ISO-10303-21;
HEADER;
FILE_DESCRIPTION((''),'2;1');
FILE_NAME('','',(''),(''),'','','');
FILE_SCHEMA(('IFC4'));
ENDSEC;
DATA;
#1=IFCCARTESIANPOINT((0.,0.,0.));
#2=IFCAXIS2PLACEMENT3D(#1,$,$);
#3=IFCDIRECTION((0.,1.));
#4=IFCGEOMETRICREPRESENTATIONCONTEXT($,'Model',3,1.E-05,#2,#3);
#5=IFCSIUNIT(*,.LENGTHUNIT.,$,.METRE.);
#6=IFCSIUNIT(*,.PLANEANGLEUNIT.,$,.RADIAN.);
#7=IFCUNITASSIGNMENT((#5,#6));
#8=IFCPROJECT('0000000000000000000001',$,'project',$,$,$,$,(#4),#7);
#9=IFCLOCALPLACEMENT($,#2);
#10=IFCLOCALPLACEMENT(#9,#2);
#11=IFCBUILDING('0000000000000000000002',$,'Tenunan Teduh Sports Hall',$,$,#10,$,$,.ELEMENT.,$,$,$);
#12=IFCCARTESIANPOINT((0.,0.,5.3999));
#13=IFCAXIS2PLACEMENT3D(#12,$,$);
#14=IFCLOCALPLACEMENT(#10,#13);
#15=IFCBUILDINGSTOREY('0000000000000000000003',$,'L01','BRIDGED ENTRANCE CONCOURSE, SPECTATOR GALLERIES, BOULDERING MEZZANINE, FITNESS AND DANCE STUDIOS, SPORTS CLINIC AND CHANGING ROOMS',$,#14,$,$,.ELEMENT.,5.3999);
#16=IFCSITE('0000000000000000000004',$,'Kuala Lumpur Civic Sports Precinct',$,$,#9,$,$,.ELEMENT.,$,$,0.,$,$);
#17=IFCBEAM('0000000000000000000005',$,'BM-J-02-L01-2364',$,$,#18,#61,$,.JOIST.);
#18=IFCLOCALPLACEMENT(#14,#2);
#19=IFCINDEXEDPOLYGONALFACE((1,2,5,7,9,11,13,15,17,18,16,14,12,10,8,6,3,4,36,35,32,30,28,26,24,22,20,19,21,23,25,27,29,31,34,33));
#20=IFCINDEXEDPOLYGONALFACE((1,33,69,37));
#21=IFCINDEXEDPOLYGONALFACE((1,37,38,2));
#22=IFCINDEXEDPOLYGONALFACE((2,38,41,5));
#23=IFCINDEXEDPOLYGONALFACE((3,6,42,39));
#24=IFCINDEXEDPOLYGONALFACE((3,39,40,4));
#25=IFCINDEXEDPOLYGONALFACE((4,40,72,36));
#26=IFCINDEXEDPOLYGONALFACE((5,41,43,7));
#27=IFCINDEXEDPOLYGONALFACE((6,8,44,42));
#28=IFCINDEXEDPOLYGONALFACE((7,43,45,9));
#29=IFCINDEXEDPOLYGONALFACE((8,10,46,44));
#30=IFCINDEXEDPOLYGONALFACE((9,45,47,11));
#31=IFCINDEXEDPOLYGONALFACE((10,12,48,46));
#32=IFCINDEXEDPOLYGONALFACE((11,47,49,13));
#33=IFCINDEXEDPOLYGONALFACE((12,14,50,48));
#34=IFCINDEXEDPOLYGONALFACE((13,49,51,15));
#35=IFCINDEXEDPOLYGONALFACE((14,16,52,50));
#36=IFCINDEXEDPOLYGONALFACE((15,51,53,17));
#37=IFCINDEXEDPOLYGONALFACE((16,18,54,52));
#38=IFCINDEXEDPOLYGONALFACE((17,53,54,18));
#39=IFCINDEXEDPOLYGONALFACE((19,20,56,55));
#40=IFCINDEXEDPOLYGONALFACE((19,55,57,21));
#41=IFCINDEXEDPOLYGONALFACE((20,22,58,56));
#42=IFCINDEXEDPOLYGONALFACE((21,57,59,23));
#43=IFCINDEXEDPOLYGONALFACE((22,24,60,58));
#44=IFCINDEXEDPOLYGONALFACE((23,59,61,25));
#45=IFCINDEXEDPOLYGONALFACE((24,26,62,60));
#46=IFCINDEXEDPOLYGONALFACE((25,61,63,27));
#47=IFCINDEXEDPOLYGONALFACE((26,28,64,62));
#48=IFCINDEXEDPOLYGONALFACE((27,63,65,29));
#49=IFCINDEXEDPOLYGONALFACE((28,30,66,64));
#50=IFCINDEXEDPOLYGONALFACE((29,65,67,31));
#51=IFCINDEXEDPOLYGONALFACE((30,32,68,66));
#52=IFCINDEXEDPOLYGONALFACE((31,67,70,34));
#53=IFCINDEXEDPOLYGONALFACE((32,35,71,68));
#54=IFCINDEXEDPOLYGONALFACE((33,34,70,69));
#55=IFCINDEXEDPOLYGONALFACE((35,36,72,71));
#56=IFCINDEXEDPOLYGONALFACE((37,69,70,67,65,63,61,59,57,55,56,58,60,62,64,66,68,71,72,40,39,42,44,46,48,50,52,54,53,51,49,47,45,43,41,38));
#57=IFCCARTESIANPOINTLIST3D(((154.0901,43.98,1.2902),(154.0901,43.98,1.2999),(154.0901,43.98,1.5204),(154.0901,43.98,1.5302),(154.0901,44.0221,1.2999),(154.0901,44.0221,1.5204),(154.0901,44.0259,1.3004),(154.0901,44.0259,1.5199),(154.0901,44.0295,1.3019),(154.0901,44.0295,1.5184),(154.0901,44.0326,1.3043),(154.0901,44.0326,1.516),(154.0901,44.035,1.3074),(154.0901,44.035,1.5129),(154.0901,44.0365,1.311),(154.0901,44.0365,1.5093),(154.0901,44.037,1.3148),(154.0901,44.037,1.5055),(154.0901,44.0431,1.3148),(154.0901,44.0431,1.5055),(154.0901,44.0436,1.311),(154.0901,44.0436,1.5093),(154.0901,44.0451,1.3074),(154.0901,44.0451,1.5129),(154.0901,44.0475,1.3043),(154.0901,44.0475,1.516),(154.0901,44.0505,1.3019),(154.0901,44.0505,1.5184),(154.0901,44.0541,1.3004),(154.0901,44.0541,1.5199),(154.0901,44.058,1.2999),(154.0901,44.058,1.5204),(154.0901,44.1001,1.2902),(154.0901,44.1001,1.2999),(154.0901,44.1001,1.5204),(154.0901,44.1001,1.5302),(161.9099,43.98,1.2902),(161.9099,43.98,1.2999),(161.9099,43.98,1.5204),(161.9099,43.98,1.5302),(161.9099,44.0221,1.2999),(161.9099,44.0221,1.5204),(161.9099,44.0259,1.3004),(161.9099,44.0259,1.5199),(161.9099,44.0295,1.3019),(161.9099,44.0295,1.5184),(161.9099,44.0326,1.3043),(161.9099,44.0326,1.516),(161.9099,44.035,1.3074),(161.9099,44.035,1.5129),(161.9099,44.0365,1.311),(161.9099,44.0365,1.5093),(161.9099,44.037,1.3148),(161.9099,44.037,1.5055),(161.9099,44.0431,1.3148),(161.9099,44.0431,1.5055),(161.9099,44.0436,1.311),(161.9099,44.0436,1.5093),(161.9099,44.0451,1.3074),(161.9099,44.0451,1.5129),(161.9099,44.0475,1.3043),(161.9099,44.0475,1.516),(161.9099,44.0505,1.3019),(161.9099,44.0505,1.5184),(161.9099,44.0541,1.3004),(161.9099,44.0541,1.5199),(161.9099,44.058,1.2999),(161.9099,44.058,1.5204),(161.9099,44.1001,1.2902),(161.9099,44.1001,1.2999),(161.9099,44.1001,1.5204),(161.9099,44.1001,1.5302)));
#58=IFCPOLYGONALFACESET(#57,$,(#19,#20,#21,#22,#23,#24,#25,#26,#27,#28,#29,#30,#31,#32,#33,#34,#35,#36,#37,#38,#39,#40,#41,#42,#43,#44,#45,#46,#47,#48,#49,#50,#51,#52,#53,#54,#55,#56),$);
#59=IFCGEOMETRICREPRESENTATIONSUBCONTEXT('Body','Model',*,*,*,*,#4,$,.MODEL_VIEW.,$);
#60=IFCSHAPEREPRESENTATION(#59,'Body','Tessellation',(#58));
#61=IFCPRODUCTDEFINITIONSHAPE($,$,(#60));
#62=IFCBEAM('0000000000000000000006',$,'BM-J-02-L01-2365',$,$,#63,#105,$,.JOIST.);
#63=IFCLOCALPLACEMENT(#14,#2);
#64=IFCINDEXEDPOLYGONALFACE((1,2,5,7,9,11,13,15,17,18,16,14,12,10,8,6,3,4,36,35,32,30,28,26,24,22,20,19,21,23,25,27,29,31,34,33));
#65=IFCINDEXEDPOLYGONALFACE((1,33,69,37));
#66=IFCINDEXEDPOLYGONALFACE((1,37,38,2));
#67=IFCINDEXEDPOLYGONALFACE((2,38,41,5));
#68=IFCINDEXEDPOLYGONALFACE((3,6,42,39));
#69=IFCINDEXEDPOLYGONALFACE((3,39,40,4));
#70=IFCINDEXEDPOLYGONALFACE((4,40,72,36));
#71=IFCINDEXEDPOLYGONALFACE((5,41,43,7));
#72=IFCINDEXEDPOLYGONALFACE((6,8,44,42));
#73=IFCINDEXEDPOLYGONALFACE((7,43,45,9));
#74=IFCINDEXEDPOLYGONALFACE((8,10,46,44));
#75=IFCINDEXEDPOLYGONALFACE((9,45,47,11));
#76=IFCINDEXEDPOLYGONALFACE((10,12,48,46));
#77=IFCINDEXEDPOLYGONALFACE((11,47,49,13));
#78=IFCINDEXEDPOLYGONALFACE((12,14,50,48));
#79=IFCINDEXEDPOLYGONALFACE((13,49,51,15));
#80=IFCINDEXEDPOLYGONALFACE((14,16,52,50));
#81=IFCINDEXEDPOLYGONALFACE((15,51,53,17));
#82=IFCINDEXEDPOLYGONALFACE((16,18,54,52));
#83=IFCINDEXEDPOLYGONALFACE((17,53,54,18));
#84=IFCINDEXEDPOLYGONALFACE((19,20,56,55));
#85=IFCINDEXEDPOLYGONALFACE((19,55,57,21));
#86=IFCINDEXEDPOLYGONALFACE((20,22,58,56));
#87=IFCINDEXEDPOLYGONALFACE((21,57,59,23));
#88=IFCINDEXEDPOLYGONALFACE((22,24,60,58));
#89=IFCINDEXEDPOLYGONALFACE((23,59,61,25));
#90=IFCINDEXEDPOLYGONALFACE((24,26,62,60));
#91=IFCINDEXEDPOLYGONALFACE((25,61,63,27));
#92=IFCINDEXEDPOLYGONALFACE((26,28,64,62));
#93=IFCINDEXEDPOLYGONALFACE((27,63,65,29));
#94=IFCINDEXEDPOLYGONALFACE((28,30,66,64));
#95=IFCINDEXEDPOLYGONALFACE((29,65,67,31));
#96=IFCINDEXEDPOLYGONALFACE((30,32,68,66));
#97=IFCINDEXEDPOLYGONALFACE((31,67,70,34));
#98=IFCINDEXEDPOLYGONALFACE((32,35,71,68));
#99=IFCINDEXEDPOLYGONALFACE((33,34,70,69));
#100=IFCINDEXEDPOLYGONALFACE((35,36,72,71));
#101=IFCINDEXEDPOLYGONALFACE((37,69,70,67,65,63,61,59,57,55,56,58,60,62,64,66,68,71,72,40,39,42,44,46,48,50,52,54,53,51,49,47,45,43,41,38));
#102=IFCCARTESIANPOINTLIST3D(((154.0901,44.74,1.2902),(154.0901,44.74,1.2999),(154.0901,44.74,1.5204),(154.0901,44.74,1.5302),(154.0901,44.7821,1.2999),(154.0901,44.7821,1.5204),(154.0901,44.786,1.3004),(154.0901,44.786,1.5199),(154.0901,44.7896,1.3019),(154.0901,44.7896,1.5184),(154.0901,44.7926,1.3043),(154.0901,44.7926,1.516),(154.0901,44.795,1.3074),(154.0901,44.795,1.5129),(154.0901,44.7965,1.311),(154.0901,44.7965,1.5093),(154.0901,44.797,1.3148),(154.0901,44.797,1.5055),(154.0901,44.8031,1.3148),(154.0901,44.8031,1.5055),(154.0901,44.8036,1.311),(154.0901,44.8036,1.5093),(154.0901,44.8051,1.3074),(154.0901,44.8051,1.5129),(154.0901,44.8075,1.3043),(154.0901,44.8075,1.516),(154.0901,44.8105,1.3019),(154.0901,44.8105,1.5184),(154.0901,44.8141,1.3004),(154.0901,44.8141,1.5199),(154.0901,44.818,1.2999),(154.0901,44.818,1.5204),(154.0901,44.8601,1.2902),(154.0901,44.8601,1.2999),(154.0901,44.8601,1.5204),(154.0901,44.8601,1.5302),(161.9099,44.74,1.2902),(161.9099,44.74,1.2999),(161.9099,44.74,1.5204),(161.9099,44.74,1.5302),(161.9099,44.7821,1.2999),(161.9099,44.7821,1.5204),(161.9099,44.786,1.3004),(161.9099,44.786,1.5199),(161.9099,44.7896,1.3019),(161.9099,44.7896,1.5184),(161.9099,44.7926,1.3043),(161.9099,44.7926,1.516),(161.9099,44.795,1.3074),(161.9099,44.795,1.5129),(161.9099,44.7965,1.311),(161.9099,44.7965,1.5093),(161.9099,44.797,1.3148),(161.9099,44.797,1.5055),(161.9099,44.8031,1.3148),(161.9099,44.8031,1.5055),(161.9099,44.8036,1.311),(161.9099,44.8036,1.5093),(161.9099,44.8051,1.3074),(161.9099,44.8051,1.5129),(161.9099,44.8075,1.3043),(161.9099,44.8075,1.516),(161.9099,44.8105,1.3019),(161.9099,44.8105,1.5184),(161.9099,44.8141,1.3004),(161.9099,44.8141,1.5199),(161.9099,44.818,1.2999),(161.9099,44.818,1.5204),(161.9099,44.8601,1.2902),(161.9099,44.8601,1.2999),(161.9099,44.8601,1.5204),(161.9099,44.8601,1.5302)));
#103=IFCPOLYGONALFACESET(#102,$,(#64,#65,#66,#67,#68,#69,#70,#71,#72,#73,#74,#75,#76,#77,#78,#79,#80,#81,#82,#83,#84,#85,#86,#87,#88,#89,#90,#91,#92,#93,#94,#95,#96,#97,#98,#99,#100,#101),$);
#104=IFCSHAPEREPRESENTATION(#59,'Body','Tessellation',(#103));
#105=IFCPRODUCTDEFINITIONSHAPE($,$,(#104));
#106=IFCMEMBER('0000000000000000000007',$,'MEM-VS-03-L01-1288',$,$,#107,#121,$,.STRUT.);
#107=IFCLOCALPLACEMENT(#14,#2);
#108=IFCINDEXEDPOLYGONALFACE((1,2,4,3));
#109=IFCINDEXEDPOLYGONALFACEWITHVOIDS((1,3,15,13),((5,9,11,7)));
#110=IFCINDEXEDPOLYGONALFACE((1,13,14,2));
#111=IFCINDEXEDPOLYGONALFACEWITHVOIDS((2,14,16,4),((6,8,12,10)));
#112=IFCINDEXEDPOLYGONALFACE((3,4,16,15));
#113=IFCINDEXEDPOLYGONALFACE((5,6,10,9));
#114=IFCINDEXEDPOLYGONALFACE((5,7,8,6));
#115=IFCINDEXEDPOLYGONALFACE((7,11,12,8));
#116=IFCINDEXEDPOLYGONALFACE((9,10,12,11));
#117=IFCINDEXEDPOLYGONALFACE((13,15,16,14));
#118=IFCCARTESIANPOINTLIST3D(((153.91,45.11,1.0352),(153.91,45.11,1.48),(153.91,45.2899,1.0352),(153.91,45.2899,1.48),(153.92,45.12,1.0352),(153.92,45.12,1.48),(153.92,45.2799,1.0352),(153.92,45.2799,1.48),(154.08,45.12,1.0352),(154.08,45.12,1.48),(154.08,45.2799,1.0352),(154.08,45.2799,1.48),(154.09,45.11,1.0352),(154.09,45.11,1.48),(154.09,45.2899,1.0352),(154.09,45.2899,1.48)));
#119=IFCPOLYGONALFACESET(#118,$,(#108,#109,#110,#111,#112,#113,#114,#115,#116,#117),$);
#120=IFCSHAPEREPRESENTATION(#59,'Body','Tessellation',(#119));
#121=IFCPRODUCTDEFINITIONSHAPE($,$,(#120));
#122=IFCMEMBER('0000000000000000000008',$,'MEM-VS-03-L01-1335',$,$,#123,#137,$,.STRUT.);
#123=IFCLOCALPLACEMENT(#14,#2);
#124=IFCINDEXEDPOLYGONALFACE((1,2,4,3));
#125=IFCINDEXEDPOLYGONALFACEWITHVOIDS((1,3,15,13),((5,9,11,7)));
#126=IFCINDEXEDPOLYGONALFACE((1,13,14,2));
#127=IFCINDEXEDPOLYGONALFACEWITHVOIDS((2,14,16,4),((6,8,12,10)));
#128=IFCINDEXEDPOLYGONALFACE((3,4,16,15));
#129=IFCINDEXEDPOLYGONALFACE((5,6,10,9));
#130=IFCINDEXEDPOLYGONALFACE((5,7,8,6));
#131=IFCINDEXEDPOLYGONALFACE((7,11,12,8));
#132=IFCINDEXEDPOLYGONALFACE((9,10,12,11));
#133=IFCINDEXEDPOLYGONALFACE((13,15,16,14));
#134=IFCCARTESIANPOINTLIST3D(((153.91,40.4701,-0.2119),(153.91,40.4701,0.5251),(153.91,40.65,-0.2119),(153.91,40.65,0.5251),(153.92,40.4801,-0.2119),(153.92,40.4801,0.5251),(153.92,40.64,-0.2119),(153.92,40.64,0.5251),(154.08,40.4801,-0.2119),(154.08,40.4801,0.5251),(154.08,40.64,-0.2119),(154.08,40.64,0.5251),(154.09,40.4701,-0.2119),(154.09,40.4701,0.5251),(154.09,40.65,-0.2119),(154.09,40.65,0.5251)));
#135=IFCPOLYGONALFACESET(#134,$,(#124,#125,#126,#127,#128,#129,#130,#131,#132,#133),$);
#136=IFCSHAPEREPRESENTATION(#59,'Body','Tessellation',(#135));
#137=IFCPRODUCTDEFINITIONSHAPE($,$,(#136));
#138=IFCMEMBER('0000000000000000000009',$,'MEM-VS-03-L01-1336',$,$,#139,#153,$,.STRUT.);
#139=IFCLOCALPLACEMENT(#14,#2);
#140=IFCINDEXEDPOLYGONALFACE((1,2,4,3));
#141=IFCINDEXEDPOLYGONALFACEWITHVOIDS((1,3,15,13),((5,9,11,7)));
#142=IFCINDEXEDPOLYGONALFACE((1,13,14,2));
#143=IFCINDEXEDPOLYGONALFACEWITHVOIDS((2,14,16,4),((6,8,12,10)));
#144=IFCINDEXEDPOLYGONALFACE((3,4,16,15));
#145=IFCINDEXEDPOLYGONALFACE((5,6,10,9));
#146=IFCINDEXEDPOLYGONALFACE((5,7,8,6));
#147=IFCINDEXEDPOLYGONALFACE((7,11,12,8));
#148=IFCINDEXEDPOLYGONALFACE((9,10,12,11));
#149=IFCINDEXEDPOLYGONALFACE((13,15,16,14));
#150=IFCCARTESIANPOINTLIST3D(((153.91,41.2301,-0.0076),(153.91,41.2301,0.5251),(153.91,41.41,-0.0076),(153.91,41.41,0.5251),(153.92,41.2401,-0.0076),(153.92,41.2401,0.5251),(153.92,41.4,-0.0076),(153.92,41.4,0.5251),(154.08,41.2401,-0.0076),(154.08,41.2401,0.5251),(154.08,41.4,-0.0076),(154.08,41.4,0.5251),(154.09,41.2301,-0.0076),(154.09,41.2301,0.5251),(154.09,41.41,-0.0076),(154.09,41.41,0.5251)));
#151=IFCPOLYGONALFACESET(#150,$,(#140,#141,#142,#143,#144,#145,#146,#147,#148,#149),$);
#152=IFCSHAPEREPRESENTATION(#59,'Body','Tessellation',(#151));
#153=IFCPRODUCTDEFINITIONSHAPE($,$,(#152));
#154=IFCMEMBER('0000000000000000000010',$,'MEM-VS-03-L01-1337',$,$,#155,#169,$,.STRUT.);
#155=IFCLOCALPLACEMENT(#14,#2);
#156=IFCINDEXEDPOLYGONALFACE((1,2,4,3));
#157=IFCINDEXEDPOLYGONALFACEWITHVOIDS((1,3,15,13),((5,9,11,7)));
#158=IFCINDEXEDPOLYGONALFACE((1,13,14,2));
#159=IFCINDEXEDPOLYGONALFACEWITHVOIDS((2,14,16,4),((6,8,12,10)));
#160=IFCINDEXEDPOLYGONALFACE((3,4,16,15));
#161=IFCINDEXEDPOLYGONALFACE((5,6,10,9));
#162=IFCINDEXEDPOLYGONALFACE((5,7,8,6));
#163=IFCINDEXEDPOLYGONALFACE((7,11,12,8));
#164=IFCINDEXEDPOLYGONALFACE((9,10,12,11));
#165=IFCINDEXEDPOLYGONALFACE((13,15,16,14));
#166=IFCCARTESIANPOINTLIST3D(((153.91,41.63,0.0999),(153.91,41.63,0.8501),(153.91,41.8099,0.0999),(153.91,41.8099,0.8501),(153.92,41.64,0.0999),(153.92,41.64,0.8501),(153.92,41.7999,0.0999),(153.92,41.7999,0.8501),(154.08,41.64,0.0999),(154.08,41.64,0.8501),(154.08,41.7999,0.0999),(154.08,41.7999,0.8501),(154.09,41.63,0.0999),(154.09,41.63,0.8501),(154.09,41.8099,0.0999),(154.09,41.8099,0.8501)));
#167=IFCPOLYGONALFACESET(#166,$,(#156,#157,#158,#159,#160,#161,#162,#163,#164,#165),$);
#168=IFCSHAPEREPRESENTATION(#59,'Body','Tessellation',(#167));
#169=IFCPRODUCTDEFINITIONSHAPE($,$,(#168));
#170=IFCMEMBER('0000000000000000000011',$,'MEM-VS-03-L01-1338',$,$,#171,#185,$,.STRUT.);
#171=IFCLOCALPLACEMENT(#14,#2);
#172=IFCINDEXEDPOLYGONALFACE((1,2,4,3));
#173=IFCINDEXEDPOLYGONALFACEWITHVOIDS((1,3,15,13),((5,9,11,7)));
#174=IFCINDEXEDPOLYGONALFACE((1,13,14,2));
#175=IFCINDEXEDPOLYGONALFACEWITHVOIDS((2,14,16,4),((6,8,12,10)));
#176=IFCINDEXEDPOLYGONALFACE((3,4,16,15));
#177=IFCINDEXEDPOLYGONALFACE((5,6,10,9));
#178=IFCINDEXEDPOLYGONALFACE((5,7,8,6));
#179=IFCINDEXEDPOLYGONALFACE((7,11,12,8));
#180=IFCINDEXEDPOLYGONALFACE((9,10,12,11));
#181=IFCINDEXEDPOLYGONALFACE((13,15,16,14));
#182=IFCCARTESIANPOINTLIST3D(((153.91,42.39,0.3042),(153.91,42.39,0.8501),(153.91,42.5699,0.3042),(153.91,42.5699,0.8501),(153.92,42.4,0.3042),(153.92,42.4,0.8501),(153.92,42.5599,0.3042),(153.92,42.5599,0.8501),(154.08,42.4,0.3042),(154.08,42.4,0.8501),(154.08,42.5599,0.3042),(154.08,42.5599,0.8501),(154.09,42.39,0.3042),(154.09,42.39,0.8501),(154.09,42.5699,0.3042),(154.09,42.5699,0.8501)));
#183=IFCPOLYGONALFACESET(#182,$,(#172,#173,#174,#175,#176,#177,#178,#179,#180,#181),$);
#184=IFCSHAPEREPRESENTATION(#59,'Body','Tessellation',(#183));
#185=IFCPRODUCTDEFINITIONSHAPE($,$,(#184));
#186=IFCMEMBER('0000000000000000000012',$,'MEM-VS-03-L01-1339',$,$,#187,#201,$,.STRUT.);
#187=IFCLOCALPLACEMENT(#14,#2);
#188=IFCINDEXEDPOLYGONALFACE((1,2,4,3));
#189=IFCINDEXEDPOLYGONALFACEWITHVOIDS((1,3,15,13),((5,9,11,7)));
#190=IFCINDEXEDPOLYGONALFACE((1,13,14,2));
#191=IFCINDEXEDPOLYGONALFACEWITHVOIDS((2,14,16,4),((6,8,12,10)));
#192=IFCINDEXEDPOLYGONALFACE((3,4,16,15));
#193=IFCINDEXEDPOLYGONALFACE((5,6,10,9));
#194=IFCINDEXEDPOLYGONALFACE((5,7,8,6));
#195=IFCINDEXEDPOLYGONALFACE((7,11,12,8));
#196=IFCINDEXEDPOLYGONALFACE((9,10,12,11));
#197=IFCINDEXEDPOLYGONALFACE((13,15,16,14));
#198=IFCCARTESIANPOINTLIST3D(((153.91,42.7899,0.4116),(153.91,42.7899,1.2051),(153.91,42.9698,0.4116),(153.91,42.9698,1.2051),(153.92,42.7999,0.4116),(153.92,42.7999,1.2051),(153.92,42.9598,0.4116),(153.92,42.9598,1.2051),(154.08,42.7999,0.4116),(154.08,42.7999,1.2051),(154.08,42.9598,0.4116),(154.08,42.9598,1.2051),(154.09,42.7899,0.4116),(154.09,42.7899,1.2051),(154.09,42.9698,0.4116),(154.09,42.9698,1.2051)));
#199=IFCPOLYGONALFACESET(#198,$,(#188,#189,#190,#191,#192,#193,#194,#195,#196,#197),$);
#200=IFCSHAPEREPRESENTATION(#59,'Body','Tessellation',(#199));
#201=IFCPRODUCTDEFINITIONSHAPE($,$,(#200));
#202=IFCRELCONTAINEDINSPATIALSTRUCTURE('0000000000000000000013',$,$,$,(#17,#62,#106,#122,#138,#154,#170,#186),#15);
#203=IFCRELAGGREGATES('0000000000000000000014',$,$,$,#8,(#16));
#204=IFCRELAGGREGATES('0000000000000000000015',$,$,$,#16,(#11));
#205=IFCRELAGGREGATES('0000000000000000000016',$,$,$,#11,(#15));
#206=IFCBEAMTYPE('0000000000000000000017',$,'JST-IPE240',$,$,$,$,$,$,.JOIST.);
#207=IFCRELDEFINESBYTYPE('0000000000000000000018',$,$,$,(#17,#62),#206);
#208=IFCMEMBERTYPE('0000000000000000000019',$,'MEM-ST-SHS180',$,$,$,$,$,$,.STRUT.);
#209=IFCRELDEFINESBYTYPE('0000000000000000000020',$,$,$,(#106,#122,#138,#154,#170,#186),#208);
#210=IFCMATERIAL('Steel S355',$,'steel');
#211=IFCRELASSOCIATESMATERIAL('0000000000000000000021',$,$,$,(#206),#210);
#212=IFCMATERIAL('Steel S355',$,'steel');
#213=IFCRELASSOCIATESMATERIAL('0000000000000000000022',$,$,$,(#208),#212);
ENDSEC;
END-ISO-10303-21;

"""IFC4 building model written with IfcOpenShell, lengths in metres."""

from ifc_helpers import new_model, si_unit, direction, frame, origin, origin_2d, place, context, subcontext, project, spatial, hollow_rectangle, i_section, extrude, material, material_profile, profile_set, type_object, element, save


model = new_model("IFC4")

# Units and contexts
model_context = context("Model", 3, precision=1e-05, world=origin(), true_north=direction((0.0, 1.0)))
body_context = subcontext(model_context, "Body", "Model", "MODEL_VIEW")
ifc_project = project(units=[si_unit("LENGTHUNIT", "METRE"), si_unit("PLANEANGLEUNIT", "RADIAN")], contexts=[model_context])

# Site, building, storey
site_placement = place(None, origin())
site = spatial("IfcSite", under=ifc_project, at=site_placement, Name="Kuala Lumpur Civic Sports Precinct", CompositionType="ELEMENT", RefElevation=0.0)
building_placement = place(site_placement, origin())
building = spatial("IfcBuilding", under=site, at=building_placement, Name="Tenunan Teduh Sports Hall", CompositionType="ELEMENT")
storey_placement = place(building_placement, frame((0.0, 0.0, 5.3999)))
storey = spatial("IfcBuildingStorey", under=building, at=storey_placement, Name="L01", Description="BRIDGED ENTRANCE CONCOURSE, SPECTATOR GALLERIES, BOULDERING MEZZANINE, FITNESS AND DANCE STUDIOS, SPORTS CLINIC AND CHANGING ROOMS", CompositionType="ELEMENT", Elevation=5.3999)

# Beams
ifc_material_1 = material(Name="Steel S355", Category="steel")
ifc_material_profile_1 = material_profile(ifc_material_1, i_section(OverallWidth=0.1201, OverallDepth=0.24, WebThickness=0.0061, FlangeThickness=0.0098, FilletRadius=0.0149, at=origin_2d()), Name="IPE 240")
ifc_profile_set_1 = profile_set([ifc_material_profile_1], Name="Steel S355")
beam_type_1 = type_object("IfcBeamType", Name="JST-IPE240", PredefinedType="JOIST", material=ifc_profile_set_1)
for number, where, z_axis, x_axis, name in (
    (1, (154.0901, 44.04, 1.4102), (1.0, 0.0, 0.0), (0.0, 1.0, 0.0), "BM-J-02-L01-2364"),
    (2, (154.0901, 44.8, 1.4102), (1.0, 0.0, 0.0), (0.0, 1.0, 0.0), "BM-J-02-L01-2365"),
):
    element("IfcBeam", number, at=place(storey_placement, frame(where, z_axis=z_axis, x_axis=x_axis)), inside=storey, type_object=beam_type_1, Name=name, PredefinedType="JOIST", context=body_context, shape_type="SweptSolid", body=[
        extrude(i_section(OverallWidth=0.1201, OverallDepth=0.24, WebThickness=0.0061, FlangeThickness=0.0098, FilletRadius=0.0149, at=origin_2d()), origin(), (0.0, 0.0, 1.0), 7.8198),
    ])

# Members
ifc_material_2 = material(Name="Steel S355", Category="steel")
ifc_material_profile_2 = material_profile(ifc_material_2, hollow_rectangle(XDim=0.1799, YDim=0.1799, WallThickness=0.01, at=origin_2d()), Name="SHS 180x180x10.0")
ifc_profile_set_2 = profile_set([ifc_material_profile_2], Name="Steel S355")
member_type = type_object("IfcMemberType", Name="MEM-ST-SHS180", PredefinedType="STRUT", material=ifc_profile_set_2)
member_1_placement = place(storey_placement, frame((154.0, 45.2, 1.0352), z_axis=(0.0, 0.0, 1.0), x_axis=(1.0, 0.0, 0.0)))
element("IfcMember", 3, at=member_1_placement, inside=storey, type_object=member_type, Name="MEM-VS-03-L01-1288", PredefinedType="STRUT", context=body_context, shape_type="SweptSolid", body=[
    extrude(hollow_rectangle(XDim=0.1799, YDim=0.1799, WallThickness=0.01, at=origin_2d()), origin(), (0.0, 0.0, 1.0), 0.4448),
])
member_2_placement = place(storey_placement, frame((154.0, 40.5601, -0.2119), z_axis=(0.0, 0.0, 1.0), x_axis=(1.0, 0.0, 0.0)))
element("IfcMember", 4, at=member_2_placement, inside=storey, type_object=member_type, Name="MEM-VS-03-L01-1335", PredefinedType="STRUT", context=body_context, shape_type="SweptSolid", body=[
    extrude(hollow_rectangle(XDim=0.1799, YDim=0.1799, WallThickness=0.01, at=origin_2d()), origin(), (0.0, 0.0, 1.0), 0.7371),
])
member_3_placement = place(storey_placement, frame((154.0, 41.3201, -0.0076), z_axis=(0.0, 0.0, 1.0), x_axis=(1.0, 0.0, 0.0)))
element("IfcMember", 5, at=member_3_placement, inside=storey, type_object=member_type, Name="MEM-VS-03-L01-1336", PredefinedType="STRUT", context=body_context, shape_type="SweptSolid", body=[
    extrude(hollow_rectangle(XDim=0.1799, YDim=0.1799, WallThickness=0.01, at=origin_2d()), origin(), (0.0, 0.0, 1.0), 0.5327),
])
member_4_placement = place(storey_placement, frame((154.0, 41.72, 0.0999), z_axis=(0.0, 0.0, 1.0), x_axis=(1.0, 0.0, 0.0)))
element("IfcMember", 6, at=member_4_placement, inside=storey, type_object=member_type, Name="MEM-VS-03-L01-1337", PredefinedType="STRUT", context=body_context, shape_type="SweptSolid", body=[
    extrude(hollow_rectangle(XDim=0.1799, YDim=0.1799, WallThickness=0.01, at=origin_2d()), origin(), (0.0, 0.0, 1.0), 0.7502),
])
member_5_placement = place(storey_placement, frame((154.0, 42.48, 0.3042), z_axis=(0.0, 0.0, 1.0), x_axis=(1.0, 0.0, 0.0)))
element("IfcMember", 7, at=member_5_placement, inside=storey, type_object=member_type, Name="MEM-VS-03-L01-1338", PredefinedType="STRUT", context=body_context, shape_type="SweptSolid", body=[
    extrude(hollow_rectangle(XDim=0.1799, YDim=0.1799, WallThickness=0.01, at=origin_2d()), origin(), (0.0, 0.0, 1.0), 0.5459),
])
member_6_placement = place(storey_placement, frame((154.0, 42.8799, 0.4116), z_axis=(0.0, 0.0, 1.0), x_axis=(1.0, 0.0, 0.0)))
element("IfcMember", 8, at=member_6_placement, inside=storey, type_object=member_type, Name="MEM-VS-03-L01-1339", PredefinedType="STRUT", context=body_context, shape_type="SweptSolid", body=[
    extrude(hollow_rectangle(XDim=0.1799, YDim=0.1799, WallThickness=0.01, at=origin_2d()), origin(), (0.0, 0.0, 1.0), 0.7935),
])

save(model, "model.ifc")
